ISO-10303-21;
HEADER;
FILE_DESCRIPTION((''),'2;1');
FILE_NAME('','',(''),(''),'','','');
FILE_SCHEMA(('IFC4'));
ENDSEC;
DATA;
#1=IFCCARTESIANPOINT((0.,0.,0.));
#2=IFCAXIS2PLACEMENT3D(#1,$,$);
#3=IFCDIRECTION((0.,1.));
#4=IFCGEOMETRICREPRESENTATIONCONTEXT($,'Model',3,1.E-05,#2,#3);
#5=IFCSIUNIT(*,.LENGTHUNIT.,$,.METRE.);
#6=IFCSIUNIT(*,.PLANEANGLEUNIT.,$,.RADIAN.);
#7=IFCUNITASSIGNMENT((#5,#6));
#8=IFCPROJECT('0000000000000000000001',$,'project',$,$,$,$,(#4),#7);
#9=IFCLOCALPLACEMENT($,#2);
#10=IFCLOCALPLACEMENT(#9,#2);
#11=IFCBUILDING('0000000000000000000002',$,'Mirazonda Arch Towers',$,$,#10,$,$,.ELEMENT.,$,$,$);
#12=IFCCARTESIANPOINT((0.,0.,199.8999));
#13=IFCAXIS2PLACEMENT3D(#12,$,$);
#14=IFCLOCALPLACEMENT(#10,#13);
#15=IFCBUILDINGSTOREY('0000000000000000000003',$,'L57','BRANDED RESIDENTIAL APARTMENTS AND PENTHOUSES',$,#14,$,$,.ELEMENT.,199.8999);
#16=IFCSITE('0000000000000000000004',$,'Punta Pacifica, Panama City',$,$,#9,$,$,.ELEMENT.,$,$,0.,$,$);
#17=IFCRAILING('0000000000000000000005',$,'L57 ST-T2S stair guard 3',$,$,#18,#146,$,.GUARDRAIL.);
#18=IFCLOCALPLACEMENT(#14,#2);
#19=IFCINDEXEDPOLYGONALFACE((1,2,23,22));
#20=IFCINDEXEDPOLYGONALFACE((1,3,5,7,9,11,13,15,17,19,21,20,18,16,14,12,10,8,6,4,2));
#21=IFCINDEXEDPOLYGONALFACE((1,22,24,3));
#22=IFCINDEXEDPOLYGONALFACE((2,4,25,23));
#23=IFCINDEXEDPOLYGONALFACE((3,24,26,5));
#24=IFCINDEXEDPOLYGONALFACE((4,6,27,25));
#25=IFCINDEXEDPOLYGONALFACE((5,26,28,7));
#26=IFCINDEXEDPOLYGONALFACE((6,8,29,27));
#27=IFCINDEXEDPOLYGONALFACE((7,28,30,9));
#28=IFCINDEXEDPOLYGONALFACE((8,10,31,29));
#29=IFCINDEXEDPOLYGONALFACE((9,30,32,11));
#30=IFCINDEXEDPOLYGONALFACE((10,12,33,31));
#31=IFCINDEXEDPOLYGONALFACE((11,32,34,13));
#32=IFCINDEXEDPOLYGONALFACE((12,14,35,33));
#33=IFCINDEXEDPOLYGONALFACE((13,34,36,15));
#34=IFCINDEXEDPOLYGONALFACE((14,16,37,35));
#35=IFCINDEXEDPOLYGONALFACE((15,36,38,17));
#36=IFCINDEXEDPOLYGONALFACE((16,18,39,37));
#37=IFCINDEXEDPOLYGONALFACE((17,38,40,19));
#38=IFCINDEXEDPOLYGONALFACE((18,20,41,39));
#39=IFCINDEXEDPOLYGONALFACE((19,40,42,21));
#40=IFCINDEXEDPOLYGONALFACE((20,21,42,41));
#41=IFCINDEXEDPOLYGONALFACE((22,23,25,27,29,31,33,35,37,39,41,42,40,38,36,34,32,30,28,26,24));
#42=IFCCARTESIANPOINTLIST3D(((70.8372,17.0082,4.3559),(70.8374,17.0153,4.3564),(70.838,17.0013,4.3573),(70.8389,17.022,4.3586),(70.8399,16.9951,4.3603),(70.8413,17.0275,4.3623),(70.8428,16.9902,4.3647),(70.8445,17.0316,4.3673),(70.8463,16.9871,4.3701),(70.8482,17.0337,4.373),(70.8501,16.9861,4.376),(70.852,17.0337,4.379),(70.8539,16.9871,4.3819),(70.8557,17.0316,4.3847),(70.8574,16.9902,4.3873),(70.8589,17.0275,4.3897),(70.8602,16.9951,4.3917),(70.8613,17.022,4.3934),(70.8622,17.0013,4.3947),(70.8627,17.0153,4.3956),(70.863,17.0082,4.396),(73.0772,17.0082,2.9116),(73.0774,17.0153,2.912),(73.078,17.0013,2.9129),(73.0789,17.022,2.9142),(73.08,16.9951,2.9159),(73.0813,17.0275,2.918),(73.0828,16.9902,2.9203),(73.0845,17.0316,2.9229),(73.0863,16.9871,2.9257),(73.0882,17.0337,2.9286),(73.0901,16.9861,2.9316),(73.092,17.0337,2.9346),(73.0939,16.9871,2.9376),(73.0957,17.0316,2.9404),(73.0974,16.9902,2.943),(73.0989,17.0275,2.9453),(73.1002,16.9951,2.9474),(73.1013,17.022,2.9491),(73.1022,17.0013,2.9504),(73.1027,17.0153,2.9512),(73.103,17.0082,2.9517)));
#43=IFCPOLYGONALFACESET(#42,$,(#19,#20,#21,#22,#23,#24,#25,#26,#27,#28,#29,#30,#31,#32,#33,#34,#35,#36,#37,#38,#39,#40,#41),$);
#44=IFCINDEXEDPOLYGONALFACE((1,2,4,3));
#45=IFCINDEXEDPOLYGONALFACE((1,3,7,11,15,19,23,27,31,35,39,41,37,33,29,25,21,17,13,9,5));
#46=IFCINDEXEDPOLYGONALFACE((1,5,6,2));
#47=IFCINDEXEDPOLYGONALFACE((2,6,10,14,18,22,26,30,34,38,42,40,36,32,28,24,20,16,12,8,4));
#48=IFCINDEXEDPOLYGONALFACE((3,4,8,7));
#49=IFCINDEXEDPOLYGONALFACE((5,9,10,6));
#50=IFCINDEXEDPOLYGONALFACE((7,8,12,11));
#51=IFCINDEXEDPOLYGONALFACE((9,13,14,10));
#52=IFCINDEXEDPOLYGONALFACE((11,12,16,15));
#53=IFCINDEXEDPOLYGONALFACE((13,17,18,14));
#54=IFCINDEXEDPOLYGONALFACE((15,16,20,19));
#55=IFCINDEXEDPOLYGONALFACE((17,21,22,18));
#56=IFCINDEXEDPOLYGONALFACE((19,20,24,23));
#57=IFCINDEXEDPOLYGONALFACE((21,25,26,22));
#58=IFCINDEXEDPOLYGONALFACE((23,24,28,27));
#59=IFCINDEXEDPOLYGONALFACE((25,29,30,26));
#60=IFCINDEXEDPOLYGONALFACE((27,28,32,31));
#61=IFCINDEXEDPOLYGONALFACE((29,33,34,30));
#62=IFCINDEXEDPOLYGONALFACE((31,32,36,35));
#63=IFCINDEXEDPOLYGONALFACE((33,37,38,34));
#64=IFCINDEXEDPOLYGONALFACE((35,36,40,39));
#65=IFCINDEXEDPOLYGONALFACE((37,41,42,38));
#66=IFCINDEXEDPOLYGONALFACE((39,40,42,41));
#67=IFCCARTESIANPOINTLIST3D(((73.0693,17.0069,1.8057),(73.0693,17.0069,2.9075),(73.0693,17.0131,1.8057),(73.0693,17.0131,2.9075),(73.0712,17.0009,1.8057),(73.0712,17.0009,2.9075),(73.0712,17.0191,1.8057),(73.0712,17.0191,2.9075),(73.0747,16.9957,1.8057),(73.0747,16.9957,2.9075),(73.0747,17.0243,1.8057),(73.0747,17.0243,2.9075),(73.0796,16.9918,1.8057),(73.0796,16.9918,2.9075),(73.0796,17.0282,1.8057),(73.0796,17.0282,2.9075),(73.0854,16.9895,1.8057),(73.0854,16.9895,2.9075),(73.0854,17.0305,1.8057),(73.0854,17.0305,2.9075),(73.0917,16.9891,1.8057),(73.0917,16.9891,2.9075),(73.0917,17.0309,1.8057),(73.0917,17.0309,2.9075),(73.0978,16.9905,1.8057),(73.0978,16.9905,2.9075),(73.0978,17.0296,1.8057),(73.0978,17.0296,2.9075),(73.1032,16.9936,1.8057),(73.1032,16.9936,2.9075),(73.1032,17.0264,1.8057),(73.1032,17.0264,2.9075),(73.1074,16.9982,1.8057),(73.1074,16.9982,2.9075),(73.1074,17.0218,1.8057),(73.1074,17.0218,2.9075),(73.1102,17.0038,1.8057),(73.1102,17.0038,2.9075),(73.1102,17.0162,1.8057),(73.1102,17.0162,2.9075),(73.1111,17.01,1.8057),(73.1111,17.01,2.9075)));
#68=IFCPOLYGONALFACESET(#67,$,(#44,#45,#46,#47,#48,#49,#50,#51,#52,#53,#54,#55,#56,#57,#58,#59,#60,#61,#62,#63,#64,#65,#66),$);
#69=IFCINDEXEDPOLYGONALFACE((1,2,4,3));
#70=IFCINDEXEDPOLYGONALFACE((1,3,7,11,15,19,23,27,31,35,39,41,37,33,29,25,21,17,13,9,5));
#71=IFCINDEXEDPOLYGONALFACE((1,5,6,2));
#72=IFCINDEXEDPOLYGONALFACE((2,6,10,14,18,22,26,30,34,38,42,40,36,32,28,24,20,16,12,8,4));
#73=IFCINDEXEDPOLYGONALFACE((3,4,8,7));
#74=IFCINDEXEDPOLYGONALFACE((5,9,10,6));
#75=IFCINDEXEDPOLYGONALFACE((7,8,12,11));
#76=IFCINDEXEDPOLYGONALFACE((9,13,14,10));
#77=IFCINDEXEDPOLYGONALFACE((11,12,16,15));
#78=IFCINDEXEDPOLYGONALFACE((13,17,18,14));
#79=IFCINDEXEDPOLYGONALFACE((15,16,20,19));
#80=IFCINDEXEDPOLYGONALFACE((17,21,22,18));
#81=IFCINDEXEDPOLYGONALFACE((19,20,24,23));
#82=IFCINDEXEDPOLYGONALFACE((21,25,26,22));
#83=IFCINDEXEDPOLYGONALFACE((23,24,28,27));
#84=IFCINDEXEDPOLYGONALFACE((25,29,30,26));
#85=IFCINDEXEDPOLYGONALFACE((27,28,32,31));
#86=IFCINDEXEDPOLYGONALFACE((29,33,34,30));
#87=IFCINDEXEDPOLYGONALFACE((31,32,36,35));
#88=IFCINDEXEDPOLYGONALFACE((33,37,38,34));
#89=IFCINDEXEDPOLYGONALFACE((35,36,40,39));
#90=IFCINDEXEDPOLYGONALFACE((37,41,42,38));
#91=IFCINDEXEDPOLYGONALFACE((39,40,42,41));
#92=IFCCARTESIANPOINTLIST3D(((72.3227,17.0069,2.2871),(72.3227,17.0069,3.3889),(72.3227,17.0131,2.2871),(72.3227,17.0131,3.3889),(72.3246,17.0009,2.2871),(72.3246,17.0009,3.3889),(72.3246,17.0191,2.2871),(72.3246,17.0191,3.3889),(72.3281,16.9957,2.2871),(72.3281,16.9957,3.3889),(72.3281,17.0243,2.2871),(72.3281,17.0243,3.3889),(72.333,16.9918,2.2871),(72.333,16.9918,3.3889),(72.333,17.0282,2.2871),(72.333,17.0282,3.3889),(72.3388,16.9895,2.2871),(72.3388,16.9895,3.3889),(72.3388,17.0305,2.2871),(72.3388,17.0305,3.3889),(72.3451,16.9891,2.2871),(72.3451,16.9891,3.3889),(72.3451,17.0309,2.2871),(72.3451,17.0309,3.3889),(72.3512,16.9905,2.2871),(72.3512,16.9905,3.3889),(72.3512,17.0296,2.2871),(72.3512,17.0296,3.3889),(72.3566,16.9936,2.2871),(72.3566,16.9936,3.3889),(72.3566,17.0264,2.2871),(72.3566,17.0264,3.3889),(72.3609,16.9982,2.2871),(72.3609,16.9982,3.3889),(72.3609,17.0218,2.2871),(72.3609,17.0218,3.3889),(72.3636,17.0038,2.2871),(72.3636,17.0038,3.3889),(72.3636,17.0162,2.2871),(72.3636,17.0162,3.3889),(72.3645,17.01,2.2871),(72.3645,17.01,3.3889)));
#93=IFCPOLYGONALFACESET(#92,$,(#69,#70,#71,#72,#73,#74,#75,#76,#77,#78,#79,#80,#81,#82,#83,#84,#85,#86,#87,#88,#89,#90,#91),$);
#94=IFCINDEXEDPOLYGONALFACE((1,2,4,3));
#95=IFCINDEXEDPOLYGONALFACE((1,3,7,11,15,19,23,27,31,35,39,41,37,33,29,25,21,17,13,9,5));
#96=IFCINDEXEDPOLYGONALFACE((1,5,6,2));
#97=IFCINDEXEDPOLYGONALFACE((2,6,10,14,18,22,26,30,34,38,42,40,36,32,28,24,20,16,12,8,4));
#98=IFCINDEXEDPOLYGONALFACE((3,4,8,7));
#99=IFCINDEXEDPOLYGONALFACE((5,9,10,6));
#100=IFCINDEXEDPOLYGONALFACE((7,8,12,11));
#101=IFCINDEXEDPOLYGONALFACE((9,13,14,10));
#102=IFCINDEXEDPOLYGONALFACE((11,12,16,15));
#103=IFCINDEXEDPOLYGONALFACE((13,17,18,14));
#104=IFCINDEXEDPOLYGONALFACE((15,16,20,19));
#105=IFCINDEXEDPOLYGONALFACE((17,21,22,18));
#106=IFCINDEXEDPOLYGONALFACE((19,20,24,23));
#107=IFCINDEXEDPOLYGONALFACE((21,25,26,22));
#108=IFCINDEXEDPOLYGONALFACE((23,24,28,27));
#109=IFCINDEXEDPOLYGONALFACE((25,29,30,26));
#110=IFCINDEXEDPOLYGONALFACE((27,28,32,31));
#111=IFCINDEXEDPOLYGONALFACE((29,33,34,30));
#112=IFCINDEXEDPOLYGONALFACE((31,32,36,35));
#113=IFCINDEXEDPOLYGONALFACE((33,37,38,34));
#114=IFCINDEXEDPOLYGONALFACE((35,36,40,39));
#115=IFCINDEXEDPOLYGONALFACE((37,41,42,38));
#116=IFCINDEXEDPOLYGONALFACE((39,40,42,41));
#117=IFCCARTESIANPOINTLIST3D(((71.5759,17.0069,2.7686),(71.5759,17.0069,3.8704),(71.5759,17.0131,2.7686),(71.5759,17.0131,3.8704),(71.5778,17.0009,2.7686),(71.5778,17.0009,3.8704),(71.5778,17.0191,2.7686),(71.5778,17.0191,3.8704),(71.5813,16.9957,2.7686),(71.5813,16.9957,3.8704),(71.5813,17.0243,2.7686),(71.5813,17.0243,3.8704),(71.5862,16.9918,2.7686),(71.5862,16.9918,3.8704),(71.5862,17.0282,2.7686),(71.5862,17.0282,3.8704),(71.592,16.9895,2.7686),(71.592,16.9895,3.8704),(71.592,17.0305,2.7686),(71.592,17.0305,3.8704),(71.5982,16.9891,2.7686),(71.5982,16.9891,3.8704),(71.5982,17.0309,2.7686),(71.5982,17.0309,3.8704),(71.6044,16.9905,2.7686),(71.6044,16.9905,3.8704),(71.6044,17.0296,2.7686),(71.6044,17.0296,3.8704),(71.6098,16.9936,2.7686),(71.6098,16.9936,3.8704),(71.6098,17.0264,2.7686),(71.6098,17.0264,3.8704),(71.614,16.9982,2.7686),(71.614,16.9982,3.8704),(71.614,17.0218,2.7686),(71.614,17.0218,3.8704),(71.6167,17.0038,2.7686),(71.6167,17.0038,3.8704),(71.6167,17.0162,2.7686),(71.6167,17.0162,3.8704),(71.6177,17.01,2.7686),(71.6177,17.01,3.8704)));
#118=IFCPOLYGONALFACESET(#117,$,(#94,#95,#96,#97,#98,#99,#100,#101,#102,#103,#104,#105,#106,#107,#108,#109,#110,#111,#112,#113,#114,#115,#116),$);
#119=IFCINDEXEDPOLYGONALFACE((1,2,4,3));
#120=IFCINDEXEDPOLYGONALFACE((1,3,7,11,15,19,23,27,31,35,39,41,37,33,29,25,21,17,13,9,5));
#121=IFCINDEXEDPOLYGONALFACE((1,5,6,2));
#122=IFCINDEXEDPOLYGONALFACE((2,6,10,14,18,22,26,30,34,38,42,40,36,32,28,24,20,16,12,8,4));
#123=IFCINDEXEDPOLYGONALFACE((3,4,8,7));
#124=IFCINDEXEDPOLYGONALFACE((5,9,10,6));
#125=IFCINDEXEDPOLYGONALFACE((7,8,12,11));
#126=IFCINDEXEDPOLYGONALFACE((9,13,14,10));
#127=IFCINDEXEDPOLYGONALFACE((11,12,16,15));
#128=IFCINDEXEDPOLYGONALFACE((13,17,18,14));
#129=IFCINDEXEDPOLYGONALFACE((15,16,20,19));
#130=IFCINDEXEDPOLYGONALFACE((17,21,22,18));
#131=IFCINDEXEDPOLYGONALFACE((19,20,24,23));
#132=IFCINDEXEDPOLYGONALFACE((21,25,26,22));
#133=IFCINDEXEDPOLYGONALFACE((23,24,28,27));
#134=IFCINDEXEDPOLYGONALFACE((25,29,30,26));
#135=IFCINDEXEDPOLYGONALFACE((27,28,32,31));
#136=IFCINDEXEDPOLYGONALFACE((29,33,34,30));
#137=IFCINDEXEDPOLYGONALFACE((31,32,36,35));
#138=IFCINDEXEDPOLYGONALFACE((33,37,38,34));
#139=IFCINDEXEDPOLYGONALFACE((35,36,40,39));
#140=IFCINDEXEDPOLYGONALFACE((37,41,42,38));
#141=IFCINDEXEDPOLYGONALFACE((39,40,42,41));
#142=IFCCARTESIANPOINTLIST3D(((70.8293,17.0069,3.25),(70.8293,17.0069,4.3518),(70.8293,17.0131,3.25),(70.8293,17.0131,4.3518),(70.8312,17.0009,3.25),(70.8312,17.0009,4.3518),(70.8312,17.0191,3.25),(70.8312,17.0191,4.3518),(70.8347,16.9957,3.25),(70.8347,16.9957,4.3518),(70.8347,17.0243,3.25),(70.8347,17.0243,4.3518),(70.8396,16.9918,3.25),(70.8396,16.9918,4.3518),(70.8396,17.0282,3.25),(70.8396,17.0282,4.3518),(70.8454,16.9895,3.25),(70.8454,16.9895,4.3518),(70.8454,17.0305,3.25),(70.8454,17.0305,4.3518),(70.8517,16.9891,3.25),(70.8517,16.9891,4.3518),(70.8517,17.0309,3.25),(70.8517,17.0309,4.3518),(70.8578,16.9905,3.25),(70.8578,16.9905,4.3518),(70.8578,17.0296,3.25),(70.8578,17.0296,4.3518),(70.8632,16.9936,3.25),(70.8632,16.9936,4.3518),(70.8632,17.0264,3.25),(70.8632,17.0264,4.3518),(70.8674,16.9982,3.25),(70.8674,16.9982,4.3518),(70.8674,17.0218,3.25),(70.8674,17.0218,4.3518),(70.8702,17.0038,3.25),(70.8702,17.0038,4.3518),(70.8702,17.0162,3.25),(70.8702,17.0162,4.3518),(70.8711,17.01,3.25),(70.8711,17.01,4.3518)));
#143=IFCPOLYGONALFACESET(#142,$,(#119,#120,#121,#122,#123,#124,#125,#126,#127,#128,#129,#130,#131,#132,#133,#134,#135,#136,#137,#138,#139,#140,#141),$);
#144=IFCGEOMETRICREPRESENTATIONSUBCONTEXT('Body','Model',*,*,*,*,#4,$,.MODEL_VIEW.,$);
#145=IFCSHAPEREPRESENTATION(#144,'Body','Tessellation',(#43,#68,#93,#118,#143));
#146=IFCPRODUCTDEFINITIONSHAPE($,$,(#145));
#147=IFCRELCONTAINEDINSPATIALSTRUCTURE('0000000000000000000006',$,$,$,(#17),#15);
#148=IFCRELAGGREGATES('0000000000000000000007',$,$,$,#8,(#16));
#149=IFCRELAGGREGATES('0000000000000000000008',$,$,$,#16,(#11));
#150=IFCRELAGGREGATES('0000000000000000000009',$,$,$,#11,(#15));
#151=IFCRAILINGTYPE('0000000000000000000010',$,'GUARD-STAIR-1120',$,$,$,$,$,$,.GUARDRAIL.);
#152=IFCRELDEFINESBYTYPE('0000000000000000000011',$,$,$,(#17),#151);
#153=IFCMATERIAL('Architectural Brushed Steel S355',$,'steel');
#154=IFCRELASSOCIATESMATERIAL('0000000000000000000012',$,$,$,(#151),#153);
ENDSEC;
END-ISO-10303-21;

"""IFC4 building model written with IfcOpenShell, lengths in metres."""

from ifc_helpers import new_model, si_unit, direction, frame, origin, origin_2d, place, context, subcontext, project, spatial, circle, extrude, material, type_object, element, save


model = new_model("IFC4")

# Units and contexts
model_context = context("Model", 3, precision=1e-05, world=origin(), true_north=direction((0.0, 1.0)))
body_context = subcontext(model_context, "Body", "Model", "MODEL_VIEW")
ifc_project = project(units=[si_unit("LENGTHUNIT", "METRE"), si_unit("PLANEANGLEUNIT", "RADIAN")], contexts=[model_context])

# Site, building, storey
site_placement = place(None, origin())
site = spatial("IfcSite", under=ifc_project, at=site_placement, Name="Punta Pacifica, Panama City", CompositionType="ELEMENT", RefElevation=0.0)
building_placement = place(site_placement, origin())
building = spatial("IfcBuilding", under=site, at=building_placement, Name="Mirazonda Arch Towers", CompositionType="ELEMENT")
storey_placement = place(building_placement, frame((0.0, 0.0, 199.8999)))
storey = spatial("IfcBuildingStorey", under=building, at=storey_placement, Name="L57", Description="BRANDED RESIDENTIAL APARTMENTS AND PENTHOUSES", CompositionType="ELEMENT", Elevation=199.8999)

# Shared definitions
ifc_material_1 = material(Name="Architectural Brushed Steel S355", Category="steel")

# Railing
railing_type_1 = type_object("IfcRailingType", Name="GUARD-STAIR-1120", PredefinedType="GUARDRAIL", material=ifc_material_1)
railing_1_placement = place(storey_placement, frame((73.0901, 17.01, 1.8057)))
element("IfcRailing", 1, at=railing_1_placement, inside=storey, type_object=railing_type_1, Name="L57 ST-T2S stair guard 3", PredefinedType="GUARDRAIL", context=body_context, shape_type="SweptSolid", body=[
    extrude(circle(Radius=0.0239, at=origin_2d()), frame((0.0, 0.0, 1.126), z_axis=(-0.840437, 0.0, 0.54191), x_axis=(0.0, -1.0, 0.0)), (0.0, 0.0, 1.0), 2.6653),
    extrude(circle(Radius=0.021, at=origin_2d()), origin(), (0.0, 0.0, 1.0), 1.1018),
    extrude(circle(Radius=0.021, at=origin_2d()), frame((-0.7466, 0.0, 0.4814)), (0.0, 0.0, 1.0), 1.1018),
    extrude(circle(Radius=0.021, at=origin_2d()), frame((-1.4934, 0.0, 0.9629)), (0.0, 0.0, 1.0), 1.1018),
    extrude(circle(Radius=0.021, at=origin_2d()), frame((-2.24, 0.0, 1.4443)), (0.0, 0.0, 1.0), 1.1018),
])

save(model, "model.ifc")
